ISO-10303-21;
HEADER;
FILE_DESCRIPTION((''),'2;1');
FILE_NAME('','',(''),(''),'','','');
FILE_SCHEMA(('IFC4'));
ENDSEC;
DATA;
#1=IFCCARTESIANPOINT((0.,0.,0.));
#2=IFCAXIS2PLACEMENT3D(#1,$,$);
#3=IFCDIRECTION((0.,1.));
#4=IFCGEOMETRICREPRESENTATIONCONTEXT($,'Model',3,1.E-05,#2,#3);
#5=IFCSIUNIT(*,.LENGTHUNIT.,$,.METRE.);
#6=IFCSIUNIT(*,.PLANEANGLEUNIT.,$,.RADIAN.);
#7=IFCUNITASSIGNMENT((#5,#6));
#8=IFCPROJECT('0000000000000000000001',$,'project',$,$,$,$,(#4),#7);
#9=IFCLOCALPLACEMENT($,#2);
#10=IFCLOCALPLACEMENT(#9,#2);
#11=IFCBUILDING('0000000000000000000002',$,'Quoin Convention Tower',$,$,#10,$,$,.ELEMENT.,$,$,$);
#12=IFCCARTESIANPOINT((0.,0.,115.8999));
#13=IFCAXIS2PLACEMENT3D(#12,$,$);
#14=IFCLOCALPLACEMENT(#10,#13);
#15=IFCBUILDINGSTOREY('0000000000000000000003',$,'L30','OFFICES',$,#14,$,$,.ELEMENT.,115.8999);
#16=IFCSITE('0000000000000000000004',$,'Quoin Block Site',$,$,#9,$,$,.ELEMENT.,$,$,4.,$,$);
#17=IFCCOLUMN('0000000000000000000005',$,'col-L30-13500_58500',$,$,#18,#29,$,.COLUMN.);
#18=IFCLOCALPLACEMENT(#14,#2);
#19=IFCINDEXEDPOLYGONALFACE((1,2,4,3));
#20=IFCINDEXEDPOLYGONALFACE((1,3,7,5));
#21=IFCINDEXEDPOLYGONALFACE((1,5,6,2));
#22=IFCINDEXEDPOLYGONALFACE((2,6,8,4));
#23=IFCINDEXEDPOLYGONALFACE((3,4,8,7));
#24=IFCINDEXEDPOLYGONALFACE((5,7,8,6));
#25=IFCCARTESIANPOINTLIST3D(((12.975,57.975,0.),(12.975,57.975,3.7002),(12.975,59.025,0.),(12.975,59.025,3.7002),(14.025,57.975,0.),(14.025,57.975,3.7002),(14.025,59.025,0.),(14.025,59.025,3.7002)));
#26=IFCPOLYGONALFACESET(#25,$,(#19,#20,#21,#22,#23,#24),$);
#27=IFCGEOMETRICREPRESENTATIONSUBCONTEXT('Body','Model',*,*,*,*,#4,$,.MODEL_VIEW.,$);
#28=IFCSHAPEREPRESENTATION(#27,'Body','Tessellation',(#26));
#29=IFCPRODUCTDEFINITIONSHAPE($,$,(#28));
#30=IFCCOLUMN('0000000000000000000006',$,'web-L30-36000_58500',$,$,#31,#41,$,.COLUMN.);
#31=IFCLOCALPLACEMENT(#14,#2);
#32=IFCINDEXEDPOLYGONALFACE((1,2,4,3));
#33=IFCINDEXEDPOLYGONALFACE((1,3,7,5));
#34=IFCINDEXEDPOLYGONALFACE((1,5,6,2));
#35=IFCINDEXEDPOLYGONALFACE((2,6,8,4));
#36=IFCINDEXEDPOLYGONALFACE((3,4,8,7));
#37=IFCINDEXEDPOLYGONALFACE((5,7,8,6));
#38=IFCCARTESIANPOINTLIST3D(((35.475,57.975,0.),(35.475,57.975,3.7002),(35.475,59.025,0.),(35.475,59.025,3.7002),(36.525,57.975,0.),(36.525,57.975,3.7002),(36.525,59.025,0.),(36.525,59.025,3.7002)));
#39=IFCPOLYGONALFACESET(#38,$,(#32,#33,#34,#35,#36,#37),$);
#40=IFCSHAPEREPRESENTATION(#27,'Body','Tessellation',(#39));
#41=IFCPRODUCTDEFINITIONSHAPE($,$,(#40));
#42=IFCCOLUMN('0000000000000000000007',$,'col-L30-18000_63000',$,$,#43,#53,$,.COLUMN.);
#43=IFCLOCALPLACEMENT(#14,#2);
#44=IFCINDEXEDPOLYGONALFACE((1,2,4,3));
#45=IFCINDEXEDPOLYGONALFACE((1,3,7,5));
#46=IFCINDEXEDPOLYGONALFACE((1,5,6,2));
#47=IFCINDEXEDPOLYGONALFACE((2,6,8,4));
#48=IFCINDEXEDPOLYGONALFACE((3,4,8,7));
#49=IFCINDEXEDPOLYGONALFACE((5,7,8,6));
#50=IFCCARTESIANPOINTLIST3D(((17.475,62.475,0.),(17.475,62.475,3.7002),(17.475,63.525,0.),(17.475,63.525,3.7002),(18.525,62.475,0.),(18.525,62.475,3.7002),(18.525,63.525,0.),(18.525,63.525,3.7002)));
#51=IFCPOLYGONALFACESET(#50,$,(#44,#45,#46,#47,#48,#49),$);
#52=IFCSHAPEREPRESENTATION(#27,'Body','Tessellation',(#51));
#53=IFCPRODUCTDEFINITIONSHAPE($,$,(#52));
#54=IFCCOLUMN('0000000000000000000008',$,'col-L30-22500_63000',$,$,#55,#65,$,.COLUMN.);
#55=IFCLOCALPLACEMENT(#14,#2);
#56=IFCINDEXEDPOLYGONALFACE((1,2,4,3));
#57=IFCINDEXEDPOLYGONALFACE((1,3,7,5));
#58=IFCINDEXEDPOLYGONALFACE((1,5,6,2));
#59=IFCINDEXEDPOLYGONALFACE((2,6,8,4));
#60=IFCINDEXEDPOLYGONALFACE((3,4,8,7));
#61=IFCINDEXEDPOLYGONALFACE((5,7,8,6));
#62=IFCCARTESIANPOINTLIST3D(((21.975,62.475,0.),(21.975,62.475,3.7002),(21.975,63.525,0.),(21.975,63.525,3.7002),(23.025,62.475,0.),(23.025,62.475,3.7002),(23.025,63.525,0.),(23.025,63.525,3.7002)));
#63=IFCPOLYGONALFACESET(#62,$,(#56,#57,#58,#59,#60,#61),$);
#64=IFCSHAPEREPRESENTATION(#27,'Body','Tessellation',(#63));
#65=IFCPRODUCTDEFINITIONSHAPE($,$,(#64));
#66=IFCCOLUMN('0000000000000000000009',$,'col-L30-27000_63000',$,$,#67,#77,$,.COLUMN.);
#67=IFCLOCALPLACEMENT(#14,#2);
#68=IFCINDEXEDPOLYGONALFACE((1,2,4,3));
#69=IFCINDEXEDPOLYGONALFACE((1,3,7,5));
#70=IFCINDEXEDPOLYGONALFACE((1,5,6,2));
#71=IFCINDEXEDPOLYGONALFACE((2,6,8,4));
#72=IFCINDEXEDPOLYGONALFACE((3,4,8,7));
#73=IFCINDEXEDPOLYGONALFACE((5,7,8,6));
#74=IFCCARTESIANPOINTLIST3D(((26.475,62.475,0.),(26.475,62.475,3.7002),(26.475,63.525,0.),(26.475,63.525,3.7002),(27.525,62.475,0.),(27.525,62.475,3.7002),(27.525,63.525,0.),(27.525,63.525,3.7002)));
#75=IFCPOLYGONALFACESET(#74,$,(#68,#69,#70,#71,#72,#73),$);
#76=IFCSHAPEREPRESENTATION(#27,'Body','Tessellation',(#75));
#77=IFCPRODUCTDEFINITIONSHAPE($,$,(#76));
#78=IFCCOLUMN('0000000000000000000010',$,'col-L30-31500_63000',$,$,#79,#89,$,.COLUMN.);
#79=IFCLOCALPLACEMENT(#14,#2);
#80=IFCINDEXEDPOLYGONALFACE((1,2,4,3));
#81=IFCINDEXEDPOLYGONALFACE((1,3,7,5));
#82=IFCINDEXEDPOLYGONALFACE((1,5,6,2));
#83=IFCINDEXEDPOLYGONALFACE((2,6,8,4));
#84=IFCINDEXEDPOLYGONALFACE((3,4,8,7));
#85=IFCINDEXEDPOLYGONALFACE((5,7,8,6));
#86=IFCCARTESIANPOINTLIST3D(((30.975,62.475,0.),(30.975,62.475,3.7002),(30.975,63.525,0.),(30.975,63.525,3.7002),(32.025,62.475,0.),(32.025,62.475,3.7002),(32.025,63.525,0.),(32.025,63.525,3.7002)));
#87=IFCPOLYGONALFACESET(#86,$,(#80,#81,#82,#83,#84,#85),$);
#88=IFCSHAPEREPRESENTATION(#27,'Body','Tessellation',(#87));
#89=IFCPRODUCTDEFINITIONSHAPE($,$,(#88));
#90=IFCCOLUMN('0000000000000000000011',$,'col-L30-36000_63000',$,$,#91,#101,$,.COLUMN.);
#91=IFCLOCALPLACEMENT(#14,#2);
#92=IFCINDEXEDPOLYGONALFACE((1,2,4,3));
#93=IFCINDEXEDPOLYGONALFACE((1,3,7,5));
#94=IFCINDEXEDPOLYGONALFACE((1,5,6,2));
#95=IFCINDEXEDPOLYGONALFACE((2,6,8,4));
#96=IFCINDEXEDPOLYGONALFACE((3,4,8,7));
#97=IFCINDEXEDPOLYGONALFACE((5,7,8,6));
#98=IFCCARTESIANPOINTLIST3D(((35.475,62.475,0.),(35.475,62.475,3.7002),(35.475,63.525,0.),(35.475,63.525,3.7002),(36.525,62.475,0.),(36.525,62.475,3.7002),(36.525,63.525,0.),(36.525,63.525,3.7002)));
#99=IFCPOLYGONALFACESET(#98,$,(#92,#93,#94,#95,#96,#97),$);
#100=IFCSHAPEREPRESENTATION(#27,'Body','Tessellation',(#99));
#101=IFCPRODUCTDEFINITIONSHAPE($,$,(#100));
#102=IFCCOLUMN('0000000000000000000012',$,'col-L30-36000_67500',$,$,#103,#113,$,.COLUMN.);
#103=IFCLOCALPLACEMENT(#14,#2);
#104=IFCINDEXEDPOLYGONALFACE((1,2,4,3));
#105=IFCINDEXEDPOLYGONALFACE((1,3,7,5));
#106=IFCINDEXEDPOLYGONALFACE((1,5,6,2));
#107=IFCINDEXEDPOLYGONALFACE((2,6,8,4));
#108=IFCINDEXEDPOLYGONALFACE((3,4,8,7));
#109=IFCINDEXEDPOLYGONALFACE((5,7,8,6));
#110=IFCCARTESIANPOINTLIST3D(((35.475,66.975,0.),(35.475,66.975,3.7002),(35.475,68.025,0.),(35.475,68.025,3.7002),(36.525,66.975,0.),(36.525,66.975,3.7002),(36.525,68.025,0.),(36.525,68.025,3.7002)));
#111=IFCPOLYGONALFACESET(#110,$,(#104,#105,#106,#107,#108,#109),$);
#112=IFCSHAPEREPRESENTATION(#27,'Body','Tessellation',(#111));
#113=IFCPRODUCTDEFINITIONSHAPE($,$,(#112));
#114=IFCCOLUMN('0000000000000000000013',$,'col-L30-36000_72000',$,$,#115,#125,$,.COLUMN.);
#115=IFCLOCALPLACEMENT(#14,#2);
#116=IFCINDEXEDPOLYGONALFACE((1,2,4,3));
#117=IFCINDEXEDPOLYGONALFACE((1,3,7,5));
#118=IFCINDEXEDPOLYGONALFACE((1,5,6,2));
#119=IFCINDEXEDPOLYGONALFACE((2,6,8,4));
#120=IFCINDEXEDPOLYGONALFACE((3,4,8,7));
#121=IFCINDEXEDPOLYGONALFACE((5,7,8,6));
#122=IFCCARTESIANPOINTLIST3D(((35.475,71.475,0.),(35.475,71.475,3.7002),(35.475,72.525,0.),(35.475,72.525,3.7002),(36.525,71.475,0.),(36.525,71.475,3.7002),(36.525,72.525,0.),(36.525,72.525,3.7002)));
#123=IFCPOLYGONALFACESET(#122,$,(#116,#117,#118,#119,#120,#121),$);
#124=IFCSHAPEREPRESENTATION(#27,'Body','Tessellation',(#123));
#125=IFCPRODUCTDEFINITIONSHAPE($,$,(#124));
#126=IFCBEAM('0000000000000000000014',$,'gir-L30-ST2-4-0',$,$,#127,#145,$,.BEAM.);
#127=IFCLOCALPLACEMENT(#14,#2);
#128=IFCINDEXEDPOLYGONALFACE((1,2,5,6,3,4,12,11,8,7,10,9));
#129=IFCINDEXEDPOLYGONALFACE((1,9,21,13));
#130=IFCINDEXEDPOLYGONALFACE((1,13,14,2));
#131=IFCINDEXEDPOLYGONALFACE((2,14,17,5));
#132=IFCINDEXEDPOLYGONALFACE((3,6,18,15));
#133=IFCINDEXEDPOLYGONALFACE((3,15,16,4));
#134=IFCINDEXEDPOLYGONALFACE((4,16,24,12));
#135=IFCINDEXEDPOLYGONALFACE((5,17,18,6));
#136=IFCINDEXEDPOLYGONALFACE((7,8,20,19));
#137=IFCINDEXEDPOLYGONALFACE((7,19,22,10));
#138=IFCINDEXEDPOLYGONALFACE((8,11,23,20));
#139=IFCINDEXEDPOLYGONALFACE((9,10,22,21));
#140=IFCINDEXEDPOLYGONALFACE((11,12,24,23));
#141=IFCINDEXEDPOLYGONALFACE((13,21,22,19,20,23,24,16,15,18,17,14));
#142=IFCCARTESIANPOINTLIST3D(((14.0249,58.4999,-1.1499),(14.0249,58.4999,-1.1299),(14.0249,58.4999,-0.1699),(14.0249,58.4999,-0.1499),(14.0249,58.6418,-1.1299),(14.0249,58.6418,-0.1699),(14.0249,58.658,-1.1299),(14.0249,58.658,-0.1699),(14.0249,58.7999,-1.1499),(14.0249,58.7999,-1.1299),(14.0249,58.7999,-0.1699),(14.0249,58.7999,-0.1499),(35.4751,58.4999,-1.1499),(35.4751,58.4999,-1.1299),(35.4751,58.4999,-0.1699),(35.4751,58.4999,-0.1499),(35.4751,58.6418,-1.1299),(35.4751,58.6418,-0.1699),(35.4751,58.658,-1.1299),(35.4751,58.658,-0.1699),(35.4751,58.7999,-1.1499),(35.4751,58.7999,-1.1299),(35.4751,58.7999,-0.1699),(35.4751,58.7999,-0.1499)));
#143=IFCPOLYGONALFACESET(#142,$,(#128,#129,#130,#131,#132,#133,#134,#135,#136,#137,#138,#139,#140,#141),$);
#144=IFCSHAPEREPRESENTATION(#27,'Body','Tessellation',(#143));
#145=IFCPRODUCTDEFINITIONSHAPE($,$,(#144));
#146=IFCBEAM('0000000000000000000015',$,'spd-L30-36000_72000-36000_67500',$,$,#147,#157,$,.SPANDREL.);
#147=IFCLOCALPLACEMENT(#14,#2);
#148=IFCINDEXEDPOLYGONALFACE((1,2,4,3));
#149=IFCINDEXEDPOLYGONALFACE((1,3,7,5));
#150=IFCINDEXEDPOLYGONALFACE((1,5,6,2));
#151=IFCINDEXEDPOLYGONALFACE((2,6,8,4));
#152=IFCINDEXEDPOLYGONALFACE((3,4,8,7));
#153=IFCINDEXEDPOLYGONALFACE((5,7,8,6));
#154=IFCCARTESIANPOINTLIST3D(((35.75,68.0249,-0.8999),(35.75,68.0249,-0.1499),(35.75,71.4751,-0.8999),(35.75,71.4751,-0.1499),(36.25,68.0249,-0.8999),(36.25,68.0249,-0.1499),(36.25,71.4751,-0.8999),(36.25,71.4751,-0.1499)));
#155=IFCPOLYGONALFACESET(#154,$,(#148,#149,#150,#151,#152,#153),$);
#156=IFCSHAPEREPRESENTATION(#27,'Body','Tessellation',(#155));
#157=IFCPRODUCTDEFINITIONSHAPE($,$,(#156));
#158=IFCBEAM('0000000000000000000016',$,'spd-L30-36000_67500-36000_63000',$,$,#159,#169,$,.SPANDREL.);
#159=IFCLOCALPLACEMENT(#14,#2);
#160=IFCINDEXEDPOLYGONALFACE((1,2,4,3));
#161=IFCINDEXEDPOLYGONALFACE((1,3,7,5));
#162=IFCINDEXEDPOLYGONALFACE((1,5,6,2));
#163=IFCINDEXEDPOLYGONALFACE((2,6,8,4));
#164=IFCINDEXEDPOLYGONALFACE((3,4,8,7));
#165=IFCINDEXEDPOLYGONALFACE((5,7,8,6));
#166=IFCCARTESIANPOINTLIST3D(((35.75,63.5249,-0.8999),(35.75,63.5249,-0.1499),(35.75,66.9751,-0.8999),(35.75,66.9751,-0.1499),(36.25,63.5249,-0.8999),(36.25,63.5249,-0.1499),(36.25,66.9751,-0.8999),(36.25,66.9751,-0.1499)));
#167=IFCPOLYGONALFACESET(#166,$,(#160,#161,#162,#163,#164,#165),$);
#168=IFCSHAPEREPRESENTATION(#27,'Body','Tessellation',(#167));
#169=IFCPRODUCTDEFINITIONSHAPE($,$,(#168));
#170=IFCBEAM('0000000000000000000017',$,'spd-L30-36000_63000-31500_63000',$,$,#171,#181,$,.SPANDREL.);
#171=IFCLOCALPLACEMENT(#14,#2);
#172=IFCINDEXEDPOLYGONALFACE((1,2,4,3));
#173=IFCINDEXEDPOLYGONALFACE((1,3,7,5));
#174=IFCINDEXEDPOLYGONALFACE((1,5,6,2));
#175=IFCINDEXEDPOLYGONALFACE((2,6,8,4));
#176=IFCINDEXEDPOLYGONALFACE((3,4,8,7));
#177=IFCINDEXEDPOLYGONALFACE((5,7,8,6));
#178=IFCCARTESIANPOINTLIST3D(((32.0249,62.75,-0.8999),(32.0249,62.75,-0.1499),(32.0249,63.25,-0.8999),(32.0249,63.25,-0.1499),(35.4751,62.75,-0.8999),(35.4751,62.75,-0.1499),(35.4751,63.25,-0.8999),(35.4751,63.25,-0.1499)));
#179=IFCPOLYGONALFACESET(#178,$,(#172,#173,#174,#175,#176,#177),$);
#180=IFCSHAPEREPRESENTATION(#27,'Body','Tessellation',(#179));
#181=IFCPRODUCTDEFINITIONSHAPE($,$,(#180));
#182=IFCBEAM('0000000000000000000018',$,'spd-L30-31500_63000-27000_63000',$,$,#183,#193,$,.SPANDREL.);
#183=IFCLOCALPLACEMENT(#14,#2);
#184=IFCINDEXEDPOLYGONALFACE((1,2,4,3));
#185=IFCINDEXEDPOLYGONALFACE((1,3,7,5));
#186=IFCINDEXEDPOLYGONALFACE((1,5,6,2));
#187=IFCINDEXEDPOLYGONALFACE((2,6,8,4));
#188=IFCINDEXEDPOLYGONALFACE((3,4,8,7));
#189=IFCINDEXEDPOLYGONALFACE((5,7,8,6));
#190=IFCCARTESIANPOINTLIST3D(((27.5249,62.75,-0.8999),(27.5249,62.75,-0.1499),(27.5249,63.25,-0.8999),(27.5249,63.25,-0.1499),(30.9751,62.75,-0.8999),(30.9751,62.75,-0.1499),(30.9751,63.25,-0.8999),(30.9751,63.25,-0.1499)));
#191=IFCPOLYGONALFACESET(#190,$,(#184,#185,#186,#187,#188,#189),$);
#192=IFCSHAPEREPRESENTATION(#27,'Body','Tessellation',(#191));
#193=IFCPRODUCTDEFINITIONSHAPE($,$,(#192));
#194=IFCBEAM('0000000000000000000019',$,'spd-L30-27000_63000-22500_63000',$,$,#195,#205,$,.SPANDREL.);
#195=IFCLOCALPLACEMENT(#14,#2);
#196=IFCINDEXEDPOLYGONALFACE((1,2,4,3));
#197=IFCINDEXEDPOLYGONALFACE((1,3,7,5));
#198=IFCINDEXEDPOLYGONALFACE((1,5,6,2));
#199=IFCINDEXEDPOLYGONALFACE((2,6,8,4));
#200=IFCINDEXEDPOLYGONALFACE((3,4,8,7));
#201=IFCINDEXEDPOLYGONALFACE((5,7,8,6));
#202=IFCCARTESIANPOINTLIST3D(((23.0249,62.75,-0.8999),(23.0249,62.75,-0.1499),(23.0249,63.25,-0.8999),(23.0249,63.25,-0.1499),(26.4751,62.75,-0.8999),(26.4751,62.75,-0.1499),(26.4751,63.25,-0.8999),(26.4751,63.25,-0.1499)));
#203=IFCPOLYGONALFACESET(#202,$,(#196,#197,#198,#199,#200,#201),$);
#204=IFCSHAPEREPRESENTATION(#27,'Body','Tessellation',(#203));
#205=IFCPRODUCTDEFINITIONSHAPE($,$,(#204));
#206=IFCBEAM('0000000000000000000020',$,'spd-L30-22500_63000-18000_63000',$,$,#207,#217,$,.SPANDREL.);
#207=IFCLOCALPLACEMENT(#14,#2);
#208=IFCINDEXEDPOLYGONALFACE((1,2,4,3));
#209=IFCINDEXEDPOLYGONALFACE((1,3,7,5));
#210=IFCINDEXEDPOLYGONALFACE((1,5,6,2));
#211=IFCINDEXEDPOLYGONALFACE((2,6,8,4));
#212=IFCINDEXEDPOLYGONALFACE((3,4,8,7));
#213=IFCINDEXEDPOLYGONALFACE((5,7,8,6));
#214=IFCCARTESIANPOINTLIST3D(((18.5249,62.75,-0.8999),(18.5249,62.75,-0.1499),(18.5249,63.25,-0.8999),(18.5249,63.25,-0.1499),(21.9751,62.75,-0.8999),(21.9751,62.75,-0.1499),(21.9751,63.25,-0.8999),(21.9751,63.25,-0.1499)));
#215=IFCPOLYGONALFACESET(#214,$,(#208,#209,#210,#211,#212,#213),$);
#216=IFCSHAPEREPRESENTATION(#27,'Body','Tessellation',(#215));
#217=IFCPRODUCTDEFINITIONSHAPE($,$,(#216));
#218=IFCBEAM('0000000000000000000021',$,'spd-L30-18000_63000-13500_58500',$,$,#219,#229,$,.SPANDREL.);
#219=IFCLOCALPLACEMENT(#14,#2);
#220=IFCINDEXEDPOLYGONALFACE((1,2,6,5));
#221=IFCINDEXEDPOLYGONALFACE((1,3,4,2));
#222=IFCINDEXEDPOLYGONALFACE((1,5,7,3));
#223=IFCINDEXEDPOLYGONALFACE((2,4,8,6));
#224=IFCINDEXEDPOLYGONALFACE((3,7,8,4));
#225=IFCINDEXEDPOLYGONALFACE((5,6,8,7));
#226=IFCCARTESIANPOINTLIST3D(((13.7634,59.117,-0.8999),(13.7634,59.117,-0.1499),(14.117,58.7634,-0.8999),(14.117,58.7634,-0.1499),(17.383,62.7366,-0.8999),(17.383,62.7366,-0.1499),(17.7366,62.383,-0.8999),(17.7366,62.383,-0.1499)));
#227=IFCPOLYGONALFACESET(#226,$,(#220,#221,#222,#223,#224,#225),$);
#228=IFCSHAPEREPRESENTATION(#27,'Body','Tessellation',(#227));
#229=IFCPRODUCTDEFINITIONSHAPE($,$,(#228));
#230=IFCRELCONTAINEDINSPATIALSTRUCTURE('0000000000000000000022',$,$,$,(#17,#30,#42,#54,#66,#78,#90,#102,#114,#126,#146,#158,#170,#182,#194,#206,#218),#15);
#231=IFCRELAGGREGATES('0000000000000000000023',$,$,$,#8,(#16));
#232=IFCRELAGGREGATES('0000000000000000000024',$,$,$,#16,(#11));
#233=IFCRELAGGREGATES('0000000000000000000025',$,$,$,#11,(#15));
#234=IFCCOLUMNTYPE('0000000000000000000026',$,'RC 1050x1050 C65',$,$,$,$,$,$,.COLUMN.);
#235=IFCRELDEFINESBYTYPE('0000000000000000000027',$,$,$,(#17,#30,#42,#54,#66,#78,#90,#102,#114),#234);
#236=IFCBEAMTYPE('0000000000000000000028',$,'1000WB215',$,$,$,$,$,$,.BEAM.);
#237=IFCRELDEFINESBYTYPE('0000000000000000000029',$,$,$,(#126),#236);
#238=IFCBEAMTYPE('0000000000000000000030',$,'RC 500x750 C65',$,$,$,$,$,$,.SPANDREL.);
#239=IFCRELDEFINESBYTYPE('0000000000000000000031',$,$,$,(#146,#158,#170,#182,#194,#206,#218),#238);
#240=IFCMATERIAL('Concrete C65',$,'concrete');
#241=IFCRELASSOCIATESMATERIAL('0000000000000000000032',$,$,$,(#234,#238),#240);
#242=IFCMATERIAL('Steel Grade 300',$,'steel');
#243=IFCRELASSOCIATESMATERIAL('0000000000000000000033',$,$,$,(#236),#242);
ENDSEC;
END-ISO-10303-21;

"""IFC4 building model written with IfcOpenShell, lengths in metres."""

from ifc_helpers import new_model, si_unit, direction, frame, origin, origin_2d, place, context, subcontext, project, spatial, rectangle, i_section, extrude, material, material_profile, profile_set, type_object, element, save


model = new_model("IFC4")

# Units and contexts
model_context = context("Model", 3, precision=1e-05, world=origin(), true_north=direction((0.0, 1.0)))
body_context = subcontext(model_context, "Body", "Model", "MODEL_VIEW")
ifc_project = project(units=[si_unit("LENGTHUNIT", "METRE"), si_unit("PLANEANGLEUNIT", "RADIAN")], contexts=[model_context])

# Site, building, storey
site_placement = place(None, origin())
site = spatial("IfcSite", under=ifc_project, at=site_placement, Name="Quoin Block Site", CompositionType="ELEMENT", RefElevation=4.0)
building_placement = place(site_placement, origin())
building = spatial("IfcBuilding", under=site, at=building_placement, Name="Quoin Convention Tower", CompositionType="ELEMENT")
storey_placement = place(building_placement, frame((0.0, 0.0, 115.8999)))
storey = spatial("IfcBuildingStorey", under=building, at=storey_placement, Name="L30", Description="OFFICES", CompositionType="ELEMENT", Elevation=115.8999)

# Columns
ifc_material_1 = material(Name="Concrete C65", Category="concrete")
ifc_material_profile_1 = material_profile(ifc_material_1, rectangle(XDim=1.05, YDim=1.05, at=origin_2d()), Name="RC 1050x1050")
ifc_profile_set_1 = profile_set([ifc_material_profile_1], Name="Concrete C65")
column_type = type_object("IfcColumnType", Name="RC 1050x1050 C65", PredefinedType="COLUMN", material=ifc_profile_set_1)
for number, where, z_axis, x_axis, name in (
    (1, (13.5, 58.5, 0.0), (0.0, 0.0, 1.0), (1.0, 0.0, 0.0), "col-L30-13500_58500"),
    (2, (36.0, 58.5, 0.0), (0.0, 0.0, 1.0), (1.0, 0.0, 0.0), "web-L30-36000_58500"),
    (3, (18.0, 63.0, 0.0), (0.0, 0.0, 1.0), (1.0, 0.0, 0.0), "col-L30-18000_63000"),
    (4, (22.5, 63.0, 0.0), (0.0, 0.0, 1.0), (1.0, 0.0, 0.0), "col-L30-22500_63000"),
    (5, (27.0, 63.0, 0.0), (0.0, 0.0, 1.0), (1.0, 0.0, 0.0), "col-L30-27000_63000"),
    (6, (31.5, 63.0, 0.0), (0.0, 0.0, 1.0), (1.0, 0.0, 0.0), "col-L30-31500_63000"),
    (7, (36.0, 63.0, 0.0), (0.0, 0.0, 1.0), (1.0, 0.0, 0.0), "col-L30-36000_63000"),
    (8, (36.0, 67.5, 0.0), (0.0, 0.0, 1.0), (1.0, 0.0, 0.0), "col-L30-36000_67500"),
    (9, (36.0, 72.0, 0.0), (0.0, 0.0, 1.0), (1.0, 0.0, 0.0), "col-L30-36000_72000"),
):
    element("IfcColumn", number, at=place(storey_placement, frame(where, z_axis=z_axis, x_axis=x_axis)), inside=storey, type_object=column_type, Name=name, PredefinedType="COLUMN", context=body_context, shape_type="SweptSolid", body=[
        extrude(rectangle(XDim=1.05, YDim=1.05, at=origin_2d()), origin(), (0.0, 0.0, 1.0), 3.7002),
    ])

# Beams
ifc_material_2 = material(Name="Steel Grade 300", Category="steel")
ifc_material_profile_2 = material_profile(ifc_material_2, i_section(OverallWidth=0.3, OverallDepth=1.0, WebThickness=0.0161, FlangeThickness=0.02, at=origin_2d()), Name="1000WB215")
ifc_profile_set_2 = profile_set([ifc_material_profile_2], Name="Steel Grade 300")
beam_type_1 = type_object("IfcBeamType", Name="1000WB215", PredefinedType="BEAM", material=ifc_profile_set_2)
beam_1_placement = place(storey_placement, frame((14.0249, 58.6499, -0.6499), z_axis=(1.0, 0.0, 0.0), x_axis=(0.0, 1.0, 0.0)))
element("IfcBeam", 10, at=beam_1_placement, inside=storey, type_object=beam_type_1, Name="gir-L30-ST2-4-0", PredefinedType="BEAM", context=body_context, shape_type="SweptSolid", body=[
    extrude(i_section(OverallWidth=0.3, OverallDepth=1.0, WebThickness=0.0161, FlangeThickness=0.02, at=origin_2d()), origin(), (0.0, 0.0, 1.0), 21.4502),
])
ifc_material_profile_3 = material_profile(ifc_material_1, rectangle(XDim=0.5, YDim=0.75, at=origin_2d()), Name="RC 500x750")
ifc_profile_set_3 = profile_set([ifc_material_profile_3], Name="Concrete C65")
beam_type_2 = type_object("IfcBeamType", Name="RC 500x750 C65", PredefinedType="SPANDREL", material=ifc_profile_set_3)
for number, where, z_axis, x_axis, name in (
    (11, (36.0, 71.4751, -0.5249), (0.0, -1.0, 0.0), (1.0, 0.0, 0.0), "spd-L30-36000_72000-36000_67500"),
    (12, (36.0, 66.9751, -0.5249), (0.0, -1.0, 0.0), (1.0, 0.0, 0.0), "spd-L30-36000_67500-36000_63000"),
    (13, (35.4751, 63.0, -0.5249), (-1.0, 0.0, 0.0), (0.0, -1.0, 0.0), "spd-L30-36000_63000-31500_63000"),
    (14, (30.9751, 63.0, -0.5249), (-1.0, 0.0, 0.0), (0.0, -1.0, 0.0), "spd-L30-31500_63000-27000_63000"),
    (15, (26.4751, 63.0, -0.5249), (-1.0, 0.0, 0.0), (0.0, -1.0, 0.0), "spd-L30-27000_63000-22500_63000"),
    (16, (21.9751, 63.0, -0.5249), (-1.0, 0.0, 0.0), (0.0, -1.0, 0.0), "spd-L30-22500_63000-18000_63000"),
):
    element("IfcBeam", number, at=place(storey_placement, frame(where, z_axis=z_axis, x_axis=x_axis)), inside=storey, type_object=beam_type_2, Name=name, PredefinedType="SPANDREL", context=body_context, shape_type="SweptSolid", body=[
        extrude(rectangle(XDim=0.5, YDim=0.75, at=origin_2d()), origin(), (0.0, 0.0, 1.0), 3.4502),
    ])
beam_2_placement = place(storey_placement, frame((17.5598, 62.5598, -0.5249), z_axis=(-0.707107, -0.707107, 0.0), x_axis=(0.707107, -0.707107, 0.0)))
element("IfcBeam", 17, at=beam_2_placement, inside=storey, type_object=beam_type_2, Name="spd-L30-18000_63000-13500_58500", PredefinedType="SPANDREL", context=body_context, shape_type="SweptSolid", body=[
    extrude(rectangle(XDim=0.5, YDim=0.75, at=origin_2d()), origin(), (0.0, 0.0, 1.0), 5.1189),
])

save(model, "model.ifc")
